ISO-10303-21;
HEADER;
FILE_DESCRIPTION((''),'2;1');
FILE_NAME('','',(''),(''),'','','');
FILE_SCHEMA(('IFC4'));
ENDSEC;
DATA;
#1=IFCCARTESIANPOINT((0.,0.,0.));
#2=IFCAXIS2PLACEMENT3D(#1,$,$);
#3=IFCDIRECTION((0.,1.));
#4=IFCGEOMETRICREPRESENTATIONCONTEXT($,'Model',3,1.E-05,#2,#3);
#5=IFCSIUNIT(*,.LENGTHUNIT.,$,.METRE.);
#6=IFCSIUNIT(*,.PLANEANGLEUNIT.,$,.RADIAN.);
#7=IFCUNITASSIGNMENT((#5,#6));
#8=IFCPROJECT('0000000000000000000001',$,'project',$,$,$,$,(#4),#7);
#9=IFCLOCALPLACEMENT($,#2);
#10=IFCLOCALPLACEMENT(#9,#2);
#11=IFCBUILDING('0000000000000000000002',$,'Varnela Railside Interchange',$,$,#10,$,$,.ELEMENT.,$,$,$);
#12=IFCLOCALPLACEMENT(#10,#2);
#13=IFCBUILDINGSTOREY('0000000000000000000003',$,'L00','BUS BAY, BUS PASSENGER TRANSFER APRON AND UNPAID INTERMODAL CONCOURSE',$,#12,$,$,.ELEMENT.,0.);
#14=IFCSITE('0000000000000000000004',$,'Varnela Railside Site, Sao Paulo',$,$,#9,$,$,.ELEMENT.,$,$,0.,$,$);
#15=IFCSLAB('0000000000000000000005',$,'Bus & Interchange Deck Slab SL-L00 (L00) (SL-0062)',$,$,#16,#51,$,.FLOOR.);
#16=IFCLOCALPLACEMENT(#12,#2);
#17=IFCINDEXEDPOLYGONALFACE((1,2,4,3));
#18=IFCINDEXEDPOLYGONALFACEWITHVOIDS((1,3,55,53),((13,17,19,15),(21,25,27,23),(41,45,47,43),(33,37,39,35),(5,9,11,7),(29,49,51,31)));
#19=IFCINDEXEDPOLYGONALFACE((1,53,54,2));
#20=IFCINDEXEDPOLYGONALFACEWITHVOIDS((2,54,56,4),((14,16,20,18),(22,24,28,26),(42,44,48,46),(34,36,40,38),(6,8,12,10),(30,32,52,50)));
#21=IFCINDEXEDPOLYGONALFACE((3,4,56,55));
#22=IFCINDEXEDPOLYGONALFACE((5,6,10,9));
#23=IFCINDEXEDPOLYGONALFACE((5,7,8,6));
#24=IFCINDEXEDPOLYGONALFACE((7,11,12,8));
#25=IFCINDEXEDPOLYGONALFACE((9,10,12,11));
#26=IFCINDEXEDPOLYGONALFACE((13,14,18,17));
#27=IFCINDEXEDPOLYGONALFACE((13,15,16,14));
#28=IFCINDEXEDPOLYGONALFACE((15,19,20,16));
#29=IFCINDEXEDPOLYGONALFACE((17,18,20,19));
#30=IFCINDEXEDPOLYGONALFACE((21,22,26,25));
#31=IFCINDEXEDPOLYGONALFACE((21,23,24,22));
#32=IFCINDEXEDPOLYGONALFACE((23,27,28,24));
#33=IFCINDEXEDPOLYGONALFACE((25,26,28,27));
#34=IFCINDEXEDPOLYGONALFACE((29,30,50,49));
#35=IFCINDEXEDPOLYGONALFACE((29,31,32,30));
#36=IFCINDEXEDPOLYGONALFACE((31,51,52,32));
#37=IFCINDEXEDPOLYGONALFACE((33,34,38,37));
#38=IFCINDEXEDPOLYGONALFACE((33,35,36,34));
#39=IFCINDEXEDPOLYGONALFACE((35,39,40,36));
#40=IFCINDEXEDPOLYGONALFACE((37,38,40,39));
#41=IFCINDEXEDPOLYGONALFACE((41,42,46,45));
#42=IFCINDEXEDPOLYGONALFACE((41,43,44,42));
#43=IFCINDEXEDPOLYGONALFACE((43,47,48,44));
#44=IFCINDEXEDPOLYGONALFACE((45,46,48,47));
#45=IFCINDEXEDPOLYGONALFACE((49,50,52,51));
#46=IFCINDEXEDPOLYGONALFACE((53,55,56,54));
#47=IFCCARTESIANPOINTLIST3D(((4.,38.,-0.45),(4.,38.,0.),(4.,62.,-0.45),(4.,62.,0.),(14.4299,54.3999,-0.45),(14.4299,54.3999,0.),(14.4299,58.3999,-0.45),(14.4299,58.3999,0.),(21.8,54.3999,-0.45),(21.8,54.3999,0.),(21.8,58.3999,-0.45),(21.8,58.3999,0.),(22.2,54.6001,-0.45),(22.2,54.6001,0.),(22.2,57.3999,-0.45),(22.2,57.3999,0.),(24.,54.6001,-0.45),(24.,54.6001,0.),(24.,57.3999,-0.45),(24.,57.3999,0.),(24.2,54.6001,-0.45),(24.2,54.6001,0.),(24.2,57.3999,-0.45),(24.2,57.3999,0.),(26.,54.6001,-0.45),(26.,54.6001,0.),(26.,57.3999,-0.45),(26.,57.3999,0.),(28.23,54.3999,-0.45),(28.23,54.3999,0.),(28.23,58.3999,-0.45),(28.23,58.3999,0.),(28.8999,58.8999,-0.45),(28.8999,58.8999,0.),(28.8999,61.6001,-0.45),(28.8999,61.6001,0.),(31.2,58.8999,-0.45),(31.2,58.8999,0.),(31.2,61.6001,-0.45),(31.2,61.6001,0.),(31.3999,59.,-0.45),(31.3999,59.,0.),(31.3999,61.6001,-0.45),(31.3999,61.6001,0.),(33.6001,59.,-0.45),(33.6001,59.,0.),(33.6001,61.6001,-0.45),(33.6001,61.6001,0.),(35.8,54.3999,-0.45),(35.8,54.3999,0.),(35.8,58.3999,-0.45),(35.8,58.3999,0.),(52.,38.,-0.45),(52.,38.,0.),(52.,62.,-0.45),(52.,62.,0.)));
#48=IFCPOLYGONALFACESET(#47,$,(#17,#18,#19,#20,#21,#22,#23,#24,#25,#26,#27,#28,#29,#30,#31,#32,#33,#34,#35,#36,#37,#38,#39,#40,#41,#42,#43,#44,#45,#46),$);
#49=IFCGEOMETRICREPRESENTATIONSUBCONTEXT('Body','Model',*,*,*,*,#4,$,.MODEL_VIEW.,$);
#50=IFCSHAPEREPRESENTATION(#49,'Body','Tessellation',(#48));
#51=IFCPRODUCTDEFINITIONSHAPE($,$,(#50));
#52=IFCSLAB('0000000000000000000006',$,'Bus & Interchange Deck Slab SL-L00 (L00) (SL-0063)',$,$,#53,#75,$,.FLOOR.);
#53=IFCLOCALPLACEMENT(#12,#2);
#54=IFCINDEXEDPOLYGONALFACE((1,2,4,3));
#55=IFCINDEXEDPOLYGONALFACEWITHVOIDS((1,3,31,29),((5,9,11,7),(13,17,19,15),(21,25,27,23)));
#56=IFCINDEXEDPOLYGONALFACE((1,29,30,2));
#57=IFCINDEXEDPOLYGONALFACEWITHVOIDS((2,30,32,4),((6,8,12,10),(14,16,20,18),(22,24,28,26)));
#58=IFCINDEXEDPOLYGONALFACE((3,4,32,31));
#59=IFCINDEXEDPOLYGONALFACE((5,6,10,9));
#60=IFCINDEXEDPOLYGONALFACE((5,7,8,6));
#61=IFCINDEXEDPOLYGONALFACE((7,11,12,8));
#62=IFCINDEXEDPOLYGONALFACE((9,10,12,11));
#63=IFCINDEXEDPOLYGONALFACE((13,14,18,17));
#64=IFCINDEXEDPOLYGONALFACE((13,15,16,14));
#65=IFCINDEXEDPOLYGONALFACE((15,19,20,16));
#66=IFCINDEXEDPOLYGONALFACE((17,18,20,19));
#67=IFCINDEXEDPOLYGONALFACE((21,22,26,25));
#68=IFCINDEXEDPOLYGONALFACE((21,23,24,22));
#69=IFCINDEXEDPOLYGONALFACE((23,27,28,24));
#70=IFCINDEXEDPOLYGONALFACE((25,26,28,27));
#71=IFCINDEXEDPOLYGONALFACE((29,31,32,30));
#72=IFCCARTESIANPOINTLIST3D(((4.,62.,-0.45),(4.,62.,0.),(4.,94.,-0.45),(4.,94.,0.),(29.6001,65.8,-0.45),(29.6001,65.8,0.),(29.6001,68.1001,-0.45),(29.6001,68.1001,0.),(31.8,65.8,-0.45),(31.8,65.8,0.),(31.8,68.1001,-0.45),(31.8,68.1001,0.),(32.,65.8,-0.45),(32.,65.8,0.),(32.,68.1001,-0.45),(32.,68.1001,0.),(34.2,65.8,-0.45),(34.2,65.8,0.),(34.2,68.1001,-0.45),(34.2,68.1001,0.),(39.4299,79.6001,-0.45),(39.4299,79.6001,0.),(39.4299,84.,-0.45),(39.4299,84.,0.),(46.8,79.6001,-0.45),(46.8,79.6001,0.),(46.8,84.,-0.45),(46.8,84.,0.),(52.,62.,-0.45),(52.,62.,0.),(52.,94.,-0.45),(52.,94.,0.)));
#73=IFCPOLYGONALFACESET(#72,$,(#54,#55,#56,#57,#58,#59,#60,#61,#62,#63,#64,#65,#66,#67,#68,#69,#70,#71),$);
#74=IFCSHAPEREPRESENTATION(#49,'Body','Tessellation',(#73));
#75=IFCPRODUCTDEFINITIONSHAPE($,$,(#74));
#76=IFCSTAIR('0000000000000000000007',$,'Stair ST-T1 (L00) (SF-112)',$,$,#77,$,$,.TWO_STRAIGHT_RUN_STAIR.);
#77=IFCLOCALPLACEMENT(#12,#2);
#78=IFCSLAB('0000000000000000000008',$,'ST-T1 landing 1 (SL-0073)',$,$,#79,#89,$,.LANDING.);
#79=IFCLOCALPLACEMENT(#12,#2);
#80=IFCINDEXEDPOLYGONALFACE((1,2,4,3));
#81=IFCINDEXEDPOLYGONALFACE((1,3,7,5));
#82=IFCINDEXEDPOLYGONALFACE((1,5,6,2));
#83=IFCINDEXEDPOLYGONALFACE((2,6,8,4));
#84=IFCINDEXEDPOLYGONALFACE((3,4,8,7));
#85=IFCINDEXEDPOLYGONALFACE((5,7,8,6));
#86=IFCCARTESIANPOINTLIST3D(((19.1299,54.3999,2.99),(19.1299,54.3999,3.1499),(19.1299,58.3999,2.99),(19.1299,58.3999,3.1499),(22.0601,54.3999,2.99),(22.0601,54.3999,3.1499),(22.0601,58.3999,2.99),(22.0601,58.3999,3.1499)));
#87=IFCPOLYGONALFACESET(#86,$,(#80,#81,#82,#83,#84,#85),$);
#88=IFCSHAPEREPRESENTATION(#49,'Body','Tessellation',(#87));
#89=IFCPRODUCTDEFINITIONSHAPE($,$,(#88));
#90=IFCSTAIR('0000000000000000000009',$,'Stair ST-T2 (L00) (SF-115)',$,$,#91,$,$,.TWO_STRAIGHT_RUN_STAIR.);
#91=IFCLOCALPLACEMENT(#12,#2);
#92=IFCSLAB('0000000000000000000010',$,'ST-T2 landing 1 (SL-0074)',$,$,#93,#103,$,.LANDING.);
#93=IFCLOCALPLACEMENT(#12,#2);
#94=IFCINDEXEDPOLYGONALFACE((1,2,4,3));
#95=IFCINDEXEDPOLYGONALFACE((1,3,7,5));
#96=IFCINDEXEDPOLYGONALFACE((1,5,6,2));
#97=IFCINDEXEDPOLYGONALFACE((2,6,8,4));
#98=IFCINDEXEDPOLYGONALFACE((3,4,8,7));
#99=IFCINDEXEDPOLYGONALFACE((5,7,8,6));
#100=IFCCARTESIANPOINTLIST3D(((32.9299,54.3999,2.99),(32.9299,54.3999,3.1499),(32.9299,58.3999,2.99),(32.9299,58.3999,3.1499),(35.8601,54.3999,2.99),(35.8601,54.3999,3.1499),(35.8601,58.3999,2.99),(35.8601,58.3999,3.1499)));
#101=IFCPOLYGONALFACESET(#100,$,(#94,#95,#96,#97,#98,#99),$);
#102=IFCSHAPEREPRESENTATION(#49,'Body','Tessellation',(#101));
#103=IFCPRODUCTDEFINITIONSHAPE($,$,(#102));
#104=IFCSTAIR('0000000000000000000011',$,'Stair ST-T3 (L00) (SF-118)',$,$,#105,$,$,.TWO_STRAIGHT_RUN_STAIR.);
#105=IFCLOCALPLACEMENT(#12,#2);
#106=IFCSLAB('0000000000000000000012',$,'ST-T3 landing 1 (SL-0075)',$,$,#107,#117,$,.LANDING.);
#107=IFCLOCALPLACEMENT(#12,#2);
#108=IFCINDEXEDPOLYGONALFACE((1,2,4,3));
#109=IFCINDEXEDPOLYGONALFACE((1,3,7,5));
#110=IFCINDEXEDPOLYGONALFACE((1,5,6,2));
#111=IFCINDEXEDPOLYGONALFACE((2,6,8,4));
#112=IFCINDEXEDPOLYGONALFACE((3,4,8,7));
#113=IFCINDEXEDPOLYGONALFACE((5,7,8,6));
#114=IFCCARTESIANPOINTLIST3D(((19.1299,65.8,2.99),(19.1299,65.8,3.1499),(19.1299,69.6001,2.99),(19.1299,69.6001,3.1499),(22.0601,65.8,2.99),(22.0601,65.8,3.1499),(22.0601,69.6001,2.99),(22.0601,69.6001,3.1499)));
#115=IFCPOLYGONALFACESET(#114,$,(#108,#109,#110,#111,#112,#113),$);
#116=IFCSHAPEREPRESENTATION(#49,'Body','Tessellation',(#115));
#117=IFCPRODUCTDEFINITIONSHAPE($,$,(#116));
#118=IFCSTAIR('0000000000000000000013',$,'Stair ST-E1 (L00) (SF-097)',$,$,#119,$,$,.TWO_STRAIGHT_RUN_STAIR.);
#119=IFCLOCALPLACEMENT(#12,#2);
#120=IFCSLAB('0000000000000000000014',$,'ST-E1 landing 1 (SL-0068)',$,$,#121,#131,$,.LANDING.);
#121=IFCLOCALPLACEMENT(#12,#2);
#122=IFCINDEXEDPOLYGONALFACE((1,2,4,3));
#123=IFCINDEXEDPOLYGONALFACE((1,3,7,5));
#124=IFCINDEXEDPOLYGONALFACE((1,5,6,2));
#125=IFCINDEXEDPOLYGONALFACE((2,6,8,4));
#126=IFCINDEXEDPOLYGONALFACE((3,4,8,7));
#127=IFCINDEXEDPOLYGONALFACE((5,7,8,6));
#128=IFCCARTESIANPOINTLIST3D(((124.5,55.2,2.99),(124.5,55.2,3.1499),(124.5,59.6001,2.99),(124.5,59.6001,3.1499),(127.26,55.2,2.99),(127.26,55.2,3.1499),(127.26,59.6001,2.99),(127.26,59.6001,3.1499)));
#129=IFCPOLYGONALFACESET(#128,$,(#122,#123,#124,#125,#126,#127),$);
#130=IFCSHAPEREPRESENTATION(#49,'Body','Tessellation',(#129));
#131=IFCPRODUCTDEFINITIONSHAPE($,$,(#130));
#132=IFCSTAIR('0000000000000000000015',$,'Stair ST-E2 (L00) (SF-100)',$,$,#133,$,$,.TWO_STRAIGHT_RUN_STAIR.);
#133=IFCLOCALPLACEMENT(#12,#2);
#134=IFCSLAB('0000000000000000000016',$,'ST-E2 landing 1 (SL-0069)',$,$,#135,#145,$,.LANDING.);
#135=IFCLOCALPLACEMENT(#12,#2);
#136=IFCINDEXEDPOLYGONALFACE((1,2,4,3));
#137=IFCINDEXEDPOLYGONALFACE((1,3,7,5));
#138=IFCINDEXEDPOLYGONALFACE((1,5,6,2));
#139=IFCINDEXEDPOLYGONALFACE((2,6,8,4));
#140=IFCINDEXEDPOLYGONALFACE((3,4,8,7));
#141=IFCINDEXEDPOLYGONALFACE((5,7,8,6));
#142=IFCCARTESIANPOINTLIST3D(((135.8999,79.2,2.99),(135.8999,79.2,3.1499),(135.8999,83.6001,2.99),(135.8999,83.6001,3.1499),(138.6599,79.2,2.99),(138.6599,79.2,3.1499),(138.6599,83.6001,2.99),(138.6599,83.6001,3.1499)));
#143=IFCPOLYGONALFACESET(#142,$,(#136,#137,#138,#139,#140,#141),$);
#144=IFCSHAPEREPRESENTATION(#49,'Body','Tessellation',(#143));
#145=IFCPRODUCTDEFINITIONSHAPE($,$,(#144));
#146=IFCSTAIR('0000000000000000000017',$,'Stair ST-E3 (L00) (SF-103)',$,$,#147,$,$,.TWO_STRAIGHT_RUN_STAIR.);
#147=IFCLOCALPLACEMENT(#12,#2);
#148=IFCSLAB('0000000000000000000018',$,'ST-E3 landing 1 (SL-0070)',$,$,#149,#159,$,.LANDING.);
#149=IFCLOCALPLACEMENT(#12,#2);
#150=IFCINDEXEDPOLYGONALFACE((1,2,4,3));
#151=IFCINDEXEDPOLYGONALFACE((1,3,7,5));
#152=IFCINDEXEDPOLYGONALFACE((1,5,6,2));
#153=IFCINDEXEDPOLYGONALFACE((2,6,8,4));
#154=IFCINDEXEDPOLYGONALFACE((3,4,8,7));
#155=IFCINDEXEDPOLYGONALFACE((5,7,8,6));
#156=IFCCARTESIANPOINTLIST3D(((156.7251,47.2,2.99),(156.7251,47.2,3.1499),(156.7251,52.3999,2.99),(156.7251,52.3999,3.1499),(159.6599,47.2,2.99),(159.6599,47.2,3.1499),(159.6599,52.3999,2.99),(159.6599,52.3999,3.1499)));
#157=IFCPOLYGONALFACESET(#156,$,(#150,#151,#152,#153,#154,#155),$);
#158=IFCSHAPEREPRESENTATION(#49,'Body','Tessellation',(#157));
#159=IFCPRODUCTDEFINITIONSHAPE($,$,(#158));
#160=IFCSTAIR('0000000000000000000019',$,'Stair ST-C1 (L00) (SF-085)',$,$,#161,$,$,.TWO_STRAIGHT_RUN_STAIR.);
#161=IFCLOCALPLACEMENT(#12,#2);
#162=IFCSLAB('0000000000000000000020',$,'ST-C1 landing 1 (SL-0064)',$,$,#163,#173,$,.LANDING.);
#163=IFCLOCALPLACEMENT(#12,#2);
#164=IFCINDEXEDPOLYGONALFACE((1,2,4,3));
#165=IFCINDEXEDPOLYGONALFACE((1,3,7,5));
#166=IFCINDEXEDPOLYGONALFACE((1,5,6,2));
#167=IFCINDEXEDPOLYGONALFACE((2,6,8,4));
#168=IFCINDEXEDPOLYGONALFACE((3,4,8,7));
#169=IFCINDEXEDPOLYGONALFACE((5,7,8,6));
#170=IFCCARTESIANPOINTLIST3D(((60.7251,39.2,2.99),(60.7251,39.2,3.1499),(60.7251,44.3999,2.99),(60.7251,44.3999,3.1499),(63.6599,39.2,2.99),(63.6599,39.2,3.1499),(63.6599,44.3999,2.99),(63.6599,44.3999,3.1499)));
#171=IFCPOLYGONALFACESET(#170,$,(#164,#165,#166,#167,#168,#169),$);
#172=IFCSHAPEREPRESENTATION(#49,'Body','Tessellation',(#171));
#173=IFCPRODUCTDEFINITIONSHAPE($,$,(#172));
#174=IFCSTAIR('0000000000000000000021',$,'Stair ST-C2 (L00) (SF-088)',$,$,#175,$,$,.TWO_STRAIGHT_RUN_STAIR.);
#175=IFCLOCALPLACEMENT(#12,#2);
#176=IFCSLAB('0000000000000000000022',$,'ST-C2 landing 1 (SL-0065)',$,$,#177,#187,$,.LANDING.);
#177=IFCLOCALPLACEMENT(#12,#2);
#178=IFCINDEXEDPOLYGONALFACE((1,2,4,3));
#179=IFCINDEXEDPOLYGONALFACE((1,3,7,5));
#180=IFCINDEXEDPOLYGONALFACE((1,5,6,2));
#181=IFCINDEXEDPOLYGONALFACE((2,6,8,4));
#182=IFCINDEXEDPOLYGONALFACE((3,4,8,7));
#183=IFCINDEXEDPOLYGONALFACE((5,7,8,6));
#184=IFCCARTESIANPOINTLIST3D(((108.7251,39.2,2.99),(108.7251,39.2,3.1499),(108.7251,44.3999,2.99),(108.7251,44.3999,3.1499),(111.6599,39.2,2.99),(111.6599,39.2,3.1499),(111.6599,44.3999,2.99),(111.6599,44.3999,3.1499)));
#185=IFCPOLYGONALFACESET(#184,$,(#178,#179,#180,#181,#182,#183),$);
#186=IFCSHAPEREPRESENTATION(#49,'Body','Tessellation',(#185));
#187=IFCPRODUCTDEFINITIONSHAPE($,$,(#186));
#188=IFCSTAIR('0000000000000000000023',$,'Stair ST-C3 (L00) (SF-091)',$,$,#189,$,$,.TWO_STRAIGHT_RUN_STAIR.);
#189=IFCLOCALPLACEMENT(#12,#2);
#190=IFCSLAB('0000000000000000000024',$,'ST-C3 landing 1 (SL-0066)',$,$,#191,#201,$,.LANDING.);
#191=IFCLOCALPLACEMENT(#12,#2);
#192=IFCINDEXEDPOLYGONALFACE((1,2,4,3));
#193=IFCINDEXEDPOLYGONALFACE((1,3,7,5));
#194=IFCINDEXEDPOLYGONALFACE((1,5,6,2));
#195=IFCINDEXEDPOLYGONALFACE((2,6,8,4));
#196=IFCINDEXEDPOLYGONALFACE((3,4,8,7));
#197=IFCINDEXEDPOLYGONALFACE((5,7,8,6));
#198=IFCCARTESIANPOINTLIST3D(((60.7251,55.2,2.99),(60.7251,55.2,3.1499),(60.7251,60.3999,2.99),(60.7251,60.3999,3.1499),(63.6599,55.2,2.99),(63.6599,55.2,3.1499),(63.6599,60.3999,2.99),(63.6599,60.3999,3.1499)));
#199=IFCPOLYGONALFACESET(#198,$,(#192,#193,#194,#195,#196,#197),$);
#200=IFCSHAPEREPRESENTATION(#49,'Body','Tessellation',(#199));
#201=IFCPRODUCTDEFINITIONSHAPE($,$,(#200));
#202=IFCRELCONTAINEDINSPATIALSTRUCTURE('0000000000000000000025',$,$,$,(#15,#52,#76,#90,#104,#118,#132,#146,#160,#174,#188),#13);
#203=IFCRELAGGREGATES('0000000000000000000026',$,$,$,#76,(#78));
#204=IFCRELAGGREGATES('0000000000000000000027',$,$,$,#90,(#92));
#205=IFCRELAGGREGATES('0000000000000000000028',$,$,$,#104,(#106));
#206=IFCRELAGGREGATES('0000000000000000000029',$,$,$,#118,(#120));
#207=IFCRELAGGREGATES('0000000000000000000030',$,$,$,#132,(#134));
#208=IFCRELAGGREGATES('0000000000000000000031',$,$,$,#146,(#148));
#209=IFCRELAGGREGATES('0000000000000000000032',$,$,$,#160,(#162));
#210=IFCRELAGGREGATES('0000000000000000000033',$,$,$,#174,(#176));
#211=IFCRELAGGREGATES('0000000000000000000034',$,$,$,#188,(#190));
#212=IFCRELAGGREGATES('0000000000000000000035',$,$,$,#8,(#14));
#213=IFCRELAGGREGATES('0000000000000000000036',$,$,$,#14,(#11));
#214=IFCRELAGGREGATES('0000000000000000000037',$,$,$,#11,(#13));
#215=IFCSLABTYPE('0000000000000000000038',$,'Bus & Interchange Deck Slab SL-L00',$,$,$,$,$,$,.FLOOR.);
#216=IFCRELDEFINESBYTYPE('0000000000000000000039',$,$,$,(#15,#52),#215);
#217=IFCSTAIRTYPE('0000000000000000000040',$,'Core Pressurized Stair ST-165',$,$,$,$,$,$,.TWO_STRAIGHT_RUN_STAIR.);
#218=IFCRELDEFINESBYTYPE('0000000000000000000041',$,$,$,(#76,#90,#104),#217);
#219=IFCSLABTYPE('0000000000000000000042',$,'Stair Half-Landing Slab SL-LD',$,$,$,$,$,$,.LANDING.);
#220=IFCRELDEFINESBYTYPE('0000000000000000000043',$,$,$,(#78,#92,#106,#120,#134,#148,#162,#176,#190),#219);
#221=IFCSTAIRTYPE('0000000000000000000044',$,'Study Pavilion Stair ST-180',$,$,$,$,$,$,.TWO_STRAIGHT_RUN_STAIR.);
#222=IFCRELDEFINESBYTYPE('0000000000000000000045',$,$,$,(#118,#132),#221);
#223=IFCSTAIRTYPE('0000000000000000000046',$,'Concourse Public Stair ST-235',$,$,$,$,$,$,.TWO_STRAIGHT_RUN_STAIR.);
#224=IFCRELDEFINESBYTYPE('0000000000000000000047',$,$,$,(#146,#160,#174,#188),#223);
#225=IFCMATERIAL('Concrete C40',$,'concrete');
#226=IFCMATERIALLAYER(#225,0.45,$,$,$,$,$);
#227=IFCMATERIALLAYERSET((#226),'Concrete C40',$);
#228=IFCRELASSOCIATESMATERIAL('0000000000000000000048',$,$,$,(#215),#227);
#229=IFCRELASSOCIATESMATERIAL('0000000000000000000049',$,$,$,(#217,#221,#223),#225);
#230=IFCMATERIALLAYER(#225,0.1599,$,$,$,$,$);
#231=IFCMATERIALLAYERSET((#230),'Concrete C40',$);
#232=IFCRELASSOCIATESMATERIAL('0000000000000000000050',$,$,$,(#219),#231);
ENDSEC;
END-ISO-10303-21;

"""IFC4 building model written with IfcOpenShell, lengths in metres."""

from ifc_helpers import new_model, si_unit, direction, frame, origin, place, context, subcontext, project, spatial, polyline, outline, extrude, material, layer, layer_set, type_object, element, aggregate, save


model = new_model("IFC4")

# Units and contexts
model_context = context("Model", 3, precision=1e-05, world=origin(), true_north=direction((0.0, 1.0)))
body_context = subcontext(model_context, "Body", "Model", "MODEL_VIEW")
ifc_project = project(units=[si_unit("LENGTHUNIT", "METRE"), si_unit("PLANEANGLEUNIT", "RADIAN")], contexts=[model_context])

# Site, building, storey
site_placement = place(None, origin())
site = spatial("IfcSite", under=ifc_project, at=site_placement, Name="Varnela Railside Site, Sao Paulo", CompositionType="ELEMENT", RefElevation=0.0)
building_placement = place(site_placement, origin())
building = spatial("IfcBuilding", under=site, at=building_placement, Name="Varnela Railside Interchange", CompositionType="ELEMENT")
storey_placement = place(building_placement, origin())
storey = spatial("IfcBuildingStorey", under=building, at=storey_placement, Name="L00", Description="BUS BAY, BUS PASSENGER TRANSFER APRON AND UNPAID INTERMODAL CONCOURSE", CompositionType="ELEMENT", Elevation=0.0)

# Slabs
ifc_material_1 = material(Name="Concrete C40", Category="concrete")
ifc_layer_1 = layer(ifc_material_1, 0.45)
ifc_layer_set_1 = layer_set([ifc_layer_1], Name="Concrete C40")
slab_type_1 = type_object("IfcSlabType", Name="Bus & Interchange Deck Slab SL-L00", PredefinedType="FLOOR", material=ifc_layer_set_1)
slab_1_placement = place(storey_placement, frame((0.0, 0.0, -0.45)))
element("IfcSlab", 1, at=slab_1_placement, inside=storey, type_object=slab_type_1, Name="Bus & Interchange Deck Slab SL-L00 (L00) (SL-0062)", PredefinedType="FLOOR", context=body_context, shape_type="SweptSolid", body=[
    extrude(outline(polyline([(4.0, 38.0), (52.0, 38.0), (52.0, 62.0), (4.0, 62.0), (4.0, 38.0)]), holes=[polyline([(14.4299, 54.3999), (21.8, 54.3999), (21.8, 58.3999), (14.4299, 58.3999), (14.4299, 54.3999)]), polyline([(28.23, 54.3999), (35.8, 54.3999), (35.8, 58.3999), (28.23, 58.3999), (28.23, 54.3999)]), polyline([(22.2, 54.6001), (24.0, 54.6001), (24.0, 57.3999), (22.2, 57.3999), (22.2, 54.6001)]), polyline([(24.2, 54.6001), (26.0, 54.6001), (26.0, 57.3999), (24.2, 57.3999), (24.2, 54.6001)]), polyline([(31.3999, 59.0), (33.6001, 59.0), (33.6001, 61.6001), (31.3999, 61.6001), (31.3999, 59.0)]), polyline([(28.8999, 58.8999), (31.2, 58.8999), (31.2, 61.6001), (28.8999, 61.6001), (28.8999, 58.8999)])]), origin(), (0.0, 0.0, 1.0), 0.45),
])
slab_2_placement = place(storey_placement, frame((0.0, 0.0, -0.45)))
element("IfcSlab", 2, at=slab_2_placement, inside=storey, type_object=slab_type_1, Name="Bus & Interchange Deck Slab SL-L00 (L00) (SL-0063)", PredefinedType="FLOOR", context=body_context, shape_type="SweptSolid", body=[
    extrude(outline(polyline([(4.0, 62.0), (52.0, 62.0), (52.0, 94.0), (4.0, 94.0), (4.0, 62.0)]), holes=[polyline([(39.4299, 79.6001), (46.8, 79.6001), (46.8, 84.0), (39.4299, 84.0), (39.4299, 79.6001)]), polyline([(29.6001, 65.8), (31.8, 65.8), (31.8, 68.1001), (29.6001, 68.1001), (29.6001, 65.8)]), polyline([(32.0, 65.8), (34.2, 65.8), (34.2, 68.1001), (32.0, 68.1001), (32.0, 65.8)])]), origin(), (0.0, 0.0, 1.0), 0.45),
])

# Stairs, slabs
stair_type_1 = type_object("IfcStairType", Name="Core Pressurized Stair ST-165", PredefinedType="TWO_STRAIGHT_RUN_STAIR", material=ifc_material_1)
stair_1_placement = place(storey_placement, origin())
stair_1 = element("IfcStair", 3, at=stair_1_placement, inside=storey, type_object=stair_type_1, Name="Stair ST-T1 (L00) (SF-112)", PredefinedType="TWO_STRAIGHT_RUN_STAIR")
ifc_layer_2 = layer(ifc_material_1, 0.1599)
ifc_layer_set_2 = layer_set([ifc_layer_2], Name="Concrete C40")
slab_type_2 = type_object("IfcSlabType", Name="Stair Half-Landing Slab SL-LD", PredefinedType="LANDING", material=ifc_layer_set_2)
slab_3_placement = place(storey_placement, frame((0.0, 0.0, 2.99)))
slab_3 = element("IfcSlab", 4, at=slab_3_placement, type_object=slab_type_2, Name="ST-T1 landing 1 (SL-0073)", PredefinedType="LANDING", context=body_context, shape_type="SweptSolid", body=[
    extrude(outline(polyline([(19.1299, 54.3999), (22.0601, 54.3999), (22.0601, 58.3999), (19.1299, 58.3999), (19.1299, 54.3999)])), origin(), (0.0, 0.0, 1.0), 0.1599),
])
aggregate(stair_1, [slab_3])
stair_2_placement = place(storey_placement, origin())
stair_2 = element("IfcStair", 5, at=stair_2_placement, inside=storey, type_object=stair_type_1, Name="Stair ST-T2 (L00) (SF-115)", PredefinedType="TWO_STRAIGHT_RUN_STAIR")
slab_4_placement = place(storey_placement, frame((0.0, 0.0, 2.99)))
slab_4 = element("IfcSlab", 6, at=slab_4_placement, type_object=slab_type_2, Name="ST-T2 landing 1 (SL-0074)", PredefinedType="LANDING", context=body_context, shape_type="SweptSolid", body=[
    extrude(outline(polyline([(32.9299, 54.3999), (35.8601, 54.3999), (35.8601, 58.3999), (32.9299, 58.3999), (32.9299, 54.3999)])), origin(), (0.0, 0.0, 1.0), 0.1599),
])
aggregate(stair_2, [slab_4])
stair_3_placement = place(storey_placement, origin())
stair_3 = element("IfcStair", 7, at=stair_3_placement, inside=storey, type_object=stair_type_1, Name="Stair ST-T3 (L00) (SF-118)", PredefinedType="TWO_STRAIGHT_RUN_STAIR")
slab_5_placement = place(storey_placement, frame((0.0, 0.0, 2.99)))
slab_5 = element("IfcSlab", 8, at=slab_5_placement, type_object=slab_type_2, Name="ST-T3 landing 1 (SL-0075)", PredefinedType="LANDING", context=body_context, shape_type="SweptSolid", body=[
    extrude(outline(polyline([(19.1299, 65.8), (22.0601, 65.8), (22.0601, 69.6001), (19.1299, 69.6001), (19.1299, 65.8)])), origin(), (0.0, 0.0, 1.0), 0.1599),
])
aggregate(stair_3, [slab_5])
stair_type_2 = type_object("IfcStairType", Name="Study Pavilion Stair ST-180", PredefinedType="TWO_STRAIGHT_RUN_STAIR", material=ifc_material_1)
stair_4_placement = place(storey_placement, origin())
stair_4 = element("IfcStair", 9, at=stair_4_placement, inside=storey, type_object=stair_type_2, Name="Stair ST-E1 (L00) (SF-097)", PredefinedType="TWO_STRAIGHT_RUN_STAIR")
slab_6_placement = place(storey_placement, frame((0.0, 0.0, 2.99)))
slab_6 = element("IfcSlab", 10, at=slab_6_placement, type_object=slab_type_2, Name="ST-E1 landing 1 (SL-0068)", PredefinedType="LANDING", context=body_context, shape_type="SweptSolid", body=[
    extrude(outline(polyline([(124.5, 55.2), (127.26, 55.2), (127.26, 59.6001), (124.5, 59.6001), (124.5, 55.2)])), origin(), (0.0, 0.0, 1.0), 0.1599),
])
aggregate(stair_4, [slab_6])
stair_5_placement = place(storey_placement, origin())
stair_5 = element("IfcStair", 11, at=stair_5_placement, inside=storey, type_object=stair_type_2, Name="Stair ST-E2 (L00) (SF-100)", PredefinedType="TWO_STRAIGHT_RUN_STAIR")
slab_7_placement = place(storey_placement, frame((0.0, 0.0, 2.99)))
slab_7 = element("IfcSlab", 12, at=slab_7_placement, type_object=slab_type_2, Name="ST-E2 landing 1 (SL-0069)", PredefinedType="LANDING", context=body_context, shape_type="SweptSolid", body=[
    extrude(outline(polyline([(135.8999, 79.2), (138.6599, 79.2), (138.6599, 83.6001), (135.8999, 83.6001), (135.8999, 79.2)])), origin(), (0.0, 0.0, 1.0), 0.1599),
])
aggregate(stair_5, [slab_7])
stair_type_3 = type_object("IfcStairType", Name="Concourse Public Stair ST-235", PredefinedType="TWO_STRAIGHT_RUN_STAIR", material=ifc_material_1)
stair_6_placement = place(storey_placement, origin())
stair_6 = element("IfcStair", 13, at=stair_6_placement, inside=storey, type_object=stair_type_3, Name="Stair ST-E3 (L00) (SF-103)", PredefinedType="TWO_STRAIGHT_RUN_STAIR")
slab_8_placement = place(storey_placement, frame((0.0, 0.0, 2.99)))
slab_8 = element("IfcSlab", 14, at=slab_8_placement, type_object=slab_type_2, Name="ST-E3 landing 1 (SL-0070)", PredefinedType="LANDING", context=body_context, shape_type="SweptSolid", body=[
    extrude(outline(polyline([(156.7251, 47.2), (159.6599, 47.2), (159.6599, 52.3999), (156.7251, 52.3999), (156.7251, 47.2)])), origin(), (0.0, 0.0, 1.0), 0.1599),
])
aggregate(stair_6, [slab_8])
stair_7_placement = place(storey_placement, origin())
stair_7 = element("IfcStair", 15, at=stair_7_placement, inside=storey, type_object=stair_type_3, Name="Stair ST-C1 (L00) (SF-085)", PredefinedType="TWO_STRAIGHT_RUN_STAIR")
slab_9_placement = place(storey_placement, frame((0.0, 0.0, 2.99)))
slab_9 = element("IfcSlab", 16, at=slab_9_placement, type_object=slab_type_2, Name="ST-C1 landing 1 (SL-0064)", PredefinedType="LANDING", context=body_context, shape_type="SweptSolid", body=[
    extrude(outline(polyline([(60.7251, 39.2), (63.6599, 39.2), (63.6599, 44.3999), (60.7251, 44.3999), (60.7251, 39.2)])), origin(), (0.0, 0.0, 1.0), 0.1599),
])
aggregate(stair_7, [slab_9])
stair_8_placement = place(storey_placement, origin())
stair_8 = element("IfcStair", 17, at=stair_8_placement, inside=storey, type_object=stair_type_3, Name="Stair ST-C2 (L00) (SF-088)", PredefinedType="TWO_STRAIGHT_RUN_STAIR")
slab_10_placement = place(storey_placement, frame((0.0, 0.0, 2.99)))
slab_10 = element("IfcSlab", 18, at=slab_10_placement, type_object=slab_type_2, Name="ST-C2 landing 1 (SL-0065)", PredefinedType="LANDING", context=body_context, shape_type="SweptSolid", body=[
    extrude(outline(polyline([(108.7251, 39.2), (111.6599, 39.2), (111.6599, 44.3999), (108.7251, 44.3999), (108.7251, 39.2)])), origin(), (0.0, 0.0, 1.0), 0.1599),
])
aggregate(stair_8, [slab_10])
stair_9_placement = place(storey_placement, origin())
stair_9 = element("IfcStair", 19, at=stair_9_placement, inside=storey, type_object=stair_type_3, Name="Stair ST-C3 (L00) (SF-091)", PredefinedType="TWO_STRAIGHT_RUN_STAIR")
slab_11_placement = place(storey_placement, frame((0.0, 0.0, 2.99)))
slab_11 = element("IfcSlab", 20, at=slab_11_placement, type_object=slab_type_2, Name="ST-C3 landing 1 (SL-0066)", PredefinedType="LANDING", context=body_context, shape_type="SweptSolid", body=[
    extrude(outline(polyline([(60.7251, 55.2), (63.6599, 55.2), (63.6599, 60.3999), (60.7251, 60.3999), (60.7251, 55.2)])), origin(), (0.0, 0.0, 1.0), 0.1599),
])
aggregate(stair_9, [slab_11])

save(model, "model.ifc")
